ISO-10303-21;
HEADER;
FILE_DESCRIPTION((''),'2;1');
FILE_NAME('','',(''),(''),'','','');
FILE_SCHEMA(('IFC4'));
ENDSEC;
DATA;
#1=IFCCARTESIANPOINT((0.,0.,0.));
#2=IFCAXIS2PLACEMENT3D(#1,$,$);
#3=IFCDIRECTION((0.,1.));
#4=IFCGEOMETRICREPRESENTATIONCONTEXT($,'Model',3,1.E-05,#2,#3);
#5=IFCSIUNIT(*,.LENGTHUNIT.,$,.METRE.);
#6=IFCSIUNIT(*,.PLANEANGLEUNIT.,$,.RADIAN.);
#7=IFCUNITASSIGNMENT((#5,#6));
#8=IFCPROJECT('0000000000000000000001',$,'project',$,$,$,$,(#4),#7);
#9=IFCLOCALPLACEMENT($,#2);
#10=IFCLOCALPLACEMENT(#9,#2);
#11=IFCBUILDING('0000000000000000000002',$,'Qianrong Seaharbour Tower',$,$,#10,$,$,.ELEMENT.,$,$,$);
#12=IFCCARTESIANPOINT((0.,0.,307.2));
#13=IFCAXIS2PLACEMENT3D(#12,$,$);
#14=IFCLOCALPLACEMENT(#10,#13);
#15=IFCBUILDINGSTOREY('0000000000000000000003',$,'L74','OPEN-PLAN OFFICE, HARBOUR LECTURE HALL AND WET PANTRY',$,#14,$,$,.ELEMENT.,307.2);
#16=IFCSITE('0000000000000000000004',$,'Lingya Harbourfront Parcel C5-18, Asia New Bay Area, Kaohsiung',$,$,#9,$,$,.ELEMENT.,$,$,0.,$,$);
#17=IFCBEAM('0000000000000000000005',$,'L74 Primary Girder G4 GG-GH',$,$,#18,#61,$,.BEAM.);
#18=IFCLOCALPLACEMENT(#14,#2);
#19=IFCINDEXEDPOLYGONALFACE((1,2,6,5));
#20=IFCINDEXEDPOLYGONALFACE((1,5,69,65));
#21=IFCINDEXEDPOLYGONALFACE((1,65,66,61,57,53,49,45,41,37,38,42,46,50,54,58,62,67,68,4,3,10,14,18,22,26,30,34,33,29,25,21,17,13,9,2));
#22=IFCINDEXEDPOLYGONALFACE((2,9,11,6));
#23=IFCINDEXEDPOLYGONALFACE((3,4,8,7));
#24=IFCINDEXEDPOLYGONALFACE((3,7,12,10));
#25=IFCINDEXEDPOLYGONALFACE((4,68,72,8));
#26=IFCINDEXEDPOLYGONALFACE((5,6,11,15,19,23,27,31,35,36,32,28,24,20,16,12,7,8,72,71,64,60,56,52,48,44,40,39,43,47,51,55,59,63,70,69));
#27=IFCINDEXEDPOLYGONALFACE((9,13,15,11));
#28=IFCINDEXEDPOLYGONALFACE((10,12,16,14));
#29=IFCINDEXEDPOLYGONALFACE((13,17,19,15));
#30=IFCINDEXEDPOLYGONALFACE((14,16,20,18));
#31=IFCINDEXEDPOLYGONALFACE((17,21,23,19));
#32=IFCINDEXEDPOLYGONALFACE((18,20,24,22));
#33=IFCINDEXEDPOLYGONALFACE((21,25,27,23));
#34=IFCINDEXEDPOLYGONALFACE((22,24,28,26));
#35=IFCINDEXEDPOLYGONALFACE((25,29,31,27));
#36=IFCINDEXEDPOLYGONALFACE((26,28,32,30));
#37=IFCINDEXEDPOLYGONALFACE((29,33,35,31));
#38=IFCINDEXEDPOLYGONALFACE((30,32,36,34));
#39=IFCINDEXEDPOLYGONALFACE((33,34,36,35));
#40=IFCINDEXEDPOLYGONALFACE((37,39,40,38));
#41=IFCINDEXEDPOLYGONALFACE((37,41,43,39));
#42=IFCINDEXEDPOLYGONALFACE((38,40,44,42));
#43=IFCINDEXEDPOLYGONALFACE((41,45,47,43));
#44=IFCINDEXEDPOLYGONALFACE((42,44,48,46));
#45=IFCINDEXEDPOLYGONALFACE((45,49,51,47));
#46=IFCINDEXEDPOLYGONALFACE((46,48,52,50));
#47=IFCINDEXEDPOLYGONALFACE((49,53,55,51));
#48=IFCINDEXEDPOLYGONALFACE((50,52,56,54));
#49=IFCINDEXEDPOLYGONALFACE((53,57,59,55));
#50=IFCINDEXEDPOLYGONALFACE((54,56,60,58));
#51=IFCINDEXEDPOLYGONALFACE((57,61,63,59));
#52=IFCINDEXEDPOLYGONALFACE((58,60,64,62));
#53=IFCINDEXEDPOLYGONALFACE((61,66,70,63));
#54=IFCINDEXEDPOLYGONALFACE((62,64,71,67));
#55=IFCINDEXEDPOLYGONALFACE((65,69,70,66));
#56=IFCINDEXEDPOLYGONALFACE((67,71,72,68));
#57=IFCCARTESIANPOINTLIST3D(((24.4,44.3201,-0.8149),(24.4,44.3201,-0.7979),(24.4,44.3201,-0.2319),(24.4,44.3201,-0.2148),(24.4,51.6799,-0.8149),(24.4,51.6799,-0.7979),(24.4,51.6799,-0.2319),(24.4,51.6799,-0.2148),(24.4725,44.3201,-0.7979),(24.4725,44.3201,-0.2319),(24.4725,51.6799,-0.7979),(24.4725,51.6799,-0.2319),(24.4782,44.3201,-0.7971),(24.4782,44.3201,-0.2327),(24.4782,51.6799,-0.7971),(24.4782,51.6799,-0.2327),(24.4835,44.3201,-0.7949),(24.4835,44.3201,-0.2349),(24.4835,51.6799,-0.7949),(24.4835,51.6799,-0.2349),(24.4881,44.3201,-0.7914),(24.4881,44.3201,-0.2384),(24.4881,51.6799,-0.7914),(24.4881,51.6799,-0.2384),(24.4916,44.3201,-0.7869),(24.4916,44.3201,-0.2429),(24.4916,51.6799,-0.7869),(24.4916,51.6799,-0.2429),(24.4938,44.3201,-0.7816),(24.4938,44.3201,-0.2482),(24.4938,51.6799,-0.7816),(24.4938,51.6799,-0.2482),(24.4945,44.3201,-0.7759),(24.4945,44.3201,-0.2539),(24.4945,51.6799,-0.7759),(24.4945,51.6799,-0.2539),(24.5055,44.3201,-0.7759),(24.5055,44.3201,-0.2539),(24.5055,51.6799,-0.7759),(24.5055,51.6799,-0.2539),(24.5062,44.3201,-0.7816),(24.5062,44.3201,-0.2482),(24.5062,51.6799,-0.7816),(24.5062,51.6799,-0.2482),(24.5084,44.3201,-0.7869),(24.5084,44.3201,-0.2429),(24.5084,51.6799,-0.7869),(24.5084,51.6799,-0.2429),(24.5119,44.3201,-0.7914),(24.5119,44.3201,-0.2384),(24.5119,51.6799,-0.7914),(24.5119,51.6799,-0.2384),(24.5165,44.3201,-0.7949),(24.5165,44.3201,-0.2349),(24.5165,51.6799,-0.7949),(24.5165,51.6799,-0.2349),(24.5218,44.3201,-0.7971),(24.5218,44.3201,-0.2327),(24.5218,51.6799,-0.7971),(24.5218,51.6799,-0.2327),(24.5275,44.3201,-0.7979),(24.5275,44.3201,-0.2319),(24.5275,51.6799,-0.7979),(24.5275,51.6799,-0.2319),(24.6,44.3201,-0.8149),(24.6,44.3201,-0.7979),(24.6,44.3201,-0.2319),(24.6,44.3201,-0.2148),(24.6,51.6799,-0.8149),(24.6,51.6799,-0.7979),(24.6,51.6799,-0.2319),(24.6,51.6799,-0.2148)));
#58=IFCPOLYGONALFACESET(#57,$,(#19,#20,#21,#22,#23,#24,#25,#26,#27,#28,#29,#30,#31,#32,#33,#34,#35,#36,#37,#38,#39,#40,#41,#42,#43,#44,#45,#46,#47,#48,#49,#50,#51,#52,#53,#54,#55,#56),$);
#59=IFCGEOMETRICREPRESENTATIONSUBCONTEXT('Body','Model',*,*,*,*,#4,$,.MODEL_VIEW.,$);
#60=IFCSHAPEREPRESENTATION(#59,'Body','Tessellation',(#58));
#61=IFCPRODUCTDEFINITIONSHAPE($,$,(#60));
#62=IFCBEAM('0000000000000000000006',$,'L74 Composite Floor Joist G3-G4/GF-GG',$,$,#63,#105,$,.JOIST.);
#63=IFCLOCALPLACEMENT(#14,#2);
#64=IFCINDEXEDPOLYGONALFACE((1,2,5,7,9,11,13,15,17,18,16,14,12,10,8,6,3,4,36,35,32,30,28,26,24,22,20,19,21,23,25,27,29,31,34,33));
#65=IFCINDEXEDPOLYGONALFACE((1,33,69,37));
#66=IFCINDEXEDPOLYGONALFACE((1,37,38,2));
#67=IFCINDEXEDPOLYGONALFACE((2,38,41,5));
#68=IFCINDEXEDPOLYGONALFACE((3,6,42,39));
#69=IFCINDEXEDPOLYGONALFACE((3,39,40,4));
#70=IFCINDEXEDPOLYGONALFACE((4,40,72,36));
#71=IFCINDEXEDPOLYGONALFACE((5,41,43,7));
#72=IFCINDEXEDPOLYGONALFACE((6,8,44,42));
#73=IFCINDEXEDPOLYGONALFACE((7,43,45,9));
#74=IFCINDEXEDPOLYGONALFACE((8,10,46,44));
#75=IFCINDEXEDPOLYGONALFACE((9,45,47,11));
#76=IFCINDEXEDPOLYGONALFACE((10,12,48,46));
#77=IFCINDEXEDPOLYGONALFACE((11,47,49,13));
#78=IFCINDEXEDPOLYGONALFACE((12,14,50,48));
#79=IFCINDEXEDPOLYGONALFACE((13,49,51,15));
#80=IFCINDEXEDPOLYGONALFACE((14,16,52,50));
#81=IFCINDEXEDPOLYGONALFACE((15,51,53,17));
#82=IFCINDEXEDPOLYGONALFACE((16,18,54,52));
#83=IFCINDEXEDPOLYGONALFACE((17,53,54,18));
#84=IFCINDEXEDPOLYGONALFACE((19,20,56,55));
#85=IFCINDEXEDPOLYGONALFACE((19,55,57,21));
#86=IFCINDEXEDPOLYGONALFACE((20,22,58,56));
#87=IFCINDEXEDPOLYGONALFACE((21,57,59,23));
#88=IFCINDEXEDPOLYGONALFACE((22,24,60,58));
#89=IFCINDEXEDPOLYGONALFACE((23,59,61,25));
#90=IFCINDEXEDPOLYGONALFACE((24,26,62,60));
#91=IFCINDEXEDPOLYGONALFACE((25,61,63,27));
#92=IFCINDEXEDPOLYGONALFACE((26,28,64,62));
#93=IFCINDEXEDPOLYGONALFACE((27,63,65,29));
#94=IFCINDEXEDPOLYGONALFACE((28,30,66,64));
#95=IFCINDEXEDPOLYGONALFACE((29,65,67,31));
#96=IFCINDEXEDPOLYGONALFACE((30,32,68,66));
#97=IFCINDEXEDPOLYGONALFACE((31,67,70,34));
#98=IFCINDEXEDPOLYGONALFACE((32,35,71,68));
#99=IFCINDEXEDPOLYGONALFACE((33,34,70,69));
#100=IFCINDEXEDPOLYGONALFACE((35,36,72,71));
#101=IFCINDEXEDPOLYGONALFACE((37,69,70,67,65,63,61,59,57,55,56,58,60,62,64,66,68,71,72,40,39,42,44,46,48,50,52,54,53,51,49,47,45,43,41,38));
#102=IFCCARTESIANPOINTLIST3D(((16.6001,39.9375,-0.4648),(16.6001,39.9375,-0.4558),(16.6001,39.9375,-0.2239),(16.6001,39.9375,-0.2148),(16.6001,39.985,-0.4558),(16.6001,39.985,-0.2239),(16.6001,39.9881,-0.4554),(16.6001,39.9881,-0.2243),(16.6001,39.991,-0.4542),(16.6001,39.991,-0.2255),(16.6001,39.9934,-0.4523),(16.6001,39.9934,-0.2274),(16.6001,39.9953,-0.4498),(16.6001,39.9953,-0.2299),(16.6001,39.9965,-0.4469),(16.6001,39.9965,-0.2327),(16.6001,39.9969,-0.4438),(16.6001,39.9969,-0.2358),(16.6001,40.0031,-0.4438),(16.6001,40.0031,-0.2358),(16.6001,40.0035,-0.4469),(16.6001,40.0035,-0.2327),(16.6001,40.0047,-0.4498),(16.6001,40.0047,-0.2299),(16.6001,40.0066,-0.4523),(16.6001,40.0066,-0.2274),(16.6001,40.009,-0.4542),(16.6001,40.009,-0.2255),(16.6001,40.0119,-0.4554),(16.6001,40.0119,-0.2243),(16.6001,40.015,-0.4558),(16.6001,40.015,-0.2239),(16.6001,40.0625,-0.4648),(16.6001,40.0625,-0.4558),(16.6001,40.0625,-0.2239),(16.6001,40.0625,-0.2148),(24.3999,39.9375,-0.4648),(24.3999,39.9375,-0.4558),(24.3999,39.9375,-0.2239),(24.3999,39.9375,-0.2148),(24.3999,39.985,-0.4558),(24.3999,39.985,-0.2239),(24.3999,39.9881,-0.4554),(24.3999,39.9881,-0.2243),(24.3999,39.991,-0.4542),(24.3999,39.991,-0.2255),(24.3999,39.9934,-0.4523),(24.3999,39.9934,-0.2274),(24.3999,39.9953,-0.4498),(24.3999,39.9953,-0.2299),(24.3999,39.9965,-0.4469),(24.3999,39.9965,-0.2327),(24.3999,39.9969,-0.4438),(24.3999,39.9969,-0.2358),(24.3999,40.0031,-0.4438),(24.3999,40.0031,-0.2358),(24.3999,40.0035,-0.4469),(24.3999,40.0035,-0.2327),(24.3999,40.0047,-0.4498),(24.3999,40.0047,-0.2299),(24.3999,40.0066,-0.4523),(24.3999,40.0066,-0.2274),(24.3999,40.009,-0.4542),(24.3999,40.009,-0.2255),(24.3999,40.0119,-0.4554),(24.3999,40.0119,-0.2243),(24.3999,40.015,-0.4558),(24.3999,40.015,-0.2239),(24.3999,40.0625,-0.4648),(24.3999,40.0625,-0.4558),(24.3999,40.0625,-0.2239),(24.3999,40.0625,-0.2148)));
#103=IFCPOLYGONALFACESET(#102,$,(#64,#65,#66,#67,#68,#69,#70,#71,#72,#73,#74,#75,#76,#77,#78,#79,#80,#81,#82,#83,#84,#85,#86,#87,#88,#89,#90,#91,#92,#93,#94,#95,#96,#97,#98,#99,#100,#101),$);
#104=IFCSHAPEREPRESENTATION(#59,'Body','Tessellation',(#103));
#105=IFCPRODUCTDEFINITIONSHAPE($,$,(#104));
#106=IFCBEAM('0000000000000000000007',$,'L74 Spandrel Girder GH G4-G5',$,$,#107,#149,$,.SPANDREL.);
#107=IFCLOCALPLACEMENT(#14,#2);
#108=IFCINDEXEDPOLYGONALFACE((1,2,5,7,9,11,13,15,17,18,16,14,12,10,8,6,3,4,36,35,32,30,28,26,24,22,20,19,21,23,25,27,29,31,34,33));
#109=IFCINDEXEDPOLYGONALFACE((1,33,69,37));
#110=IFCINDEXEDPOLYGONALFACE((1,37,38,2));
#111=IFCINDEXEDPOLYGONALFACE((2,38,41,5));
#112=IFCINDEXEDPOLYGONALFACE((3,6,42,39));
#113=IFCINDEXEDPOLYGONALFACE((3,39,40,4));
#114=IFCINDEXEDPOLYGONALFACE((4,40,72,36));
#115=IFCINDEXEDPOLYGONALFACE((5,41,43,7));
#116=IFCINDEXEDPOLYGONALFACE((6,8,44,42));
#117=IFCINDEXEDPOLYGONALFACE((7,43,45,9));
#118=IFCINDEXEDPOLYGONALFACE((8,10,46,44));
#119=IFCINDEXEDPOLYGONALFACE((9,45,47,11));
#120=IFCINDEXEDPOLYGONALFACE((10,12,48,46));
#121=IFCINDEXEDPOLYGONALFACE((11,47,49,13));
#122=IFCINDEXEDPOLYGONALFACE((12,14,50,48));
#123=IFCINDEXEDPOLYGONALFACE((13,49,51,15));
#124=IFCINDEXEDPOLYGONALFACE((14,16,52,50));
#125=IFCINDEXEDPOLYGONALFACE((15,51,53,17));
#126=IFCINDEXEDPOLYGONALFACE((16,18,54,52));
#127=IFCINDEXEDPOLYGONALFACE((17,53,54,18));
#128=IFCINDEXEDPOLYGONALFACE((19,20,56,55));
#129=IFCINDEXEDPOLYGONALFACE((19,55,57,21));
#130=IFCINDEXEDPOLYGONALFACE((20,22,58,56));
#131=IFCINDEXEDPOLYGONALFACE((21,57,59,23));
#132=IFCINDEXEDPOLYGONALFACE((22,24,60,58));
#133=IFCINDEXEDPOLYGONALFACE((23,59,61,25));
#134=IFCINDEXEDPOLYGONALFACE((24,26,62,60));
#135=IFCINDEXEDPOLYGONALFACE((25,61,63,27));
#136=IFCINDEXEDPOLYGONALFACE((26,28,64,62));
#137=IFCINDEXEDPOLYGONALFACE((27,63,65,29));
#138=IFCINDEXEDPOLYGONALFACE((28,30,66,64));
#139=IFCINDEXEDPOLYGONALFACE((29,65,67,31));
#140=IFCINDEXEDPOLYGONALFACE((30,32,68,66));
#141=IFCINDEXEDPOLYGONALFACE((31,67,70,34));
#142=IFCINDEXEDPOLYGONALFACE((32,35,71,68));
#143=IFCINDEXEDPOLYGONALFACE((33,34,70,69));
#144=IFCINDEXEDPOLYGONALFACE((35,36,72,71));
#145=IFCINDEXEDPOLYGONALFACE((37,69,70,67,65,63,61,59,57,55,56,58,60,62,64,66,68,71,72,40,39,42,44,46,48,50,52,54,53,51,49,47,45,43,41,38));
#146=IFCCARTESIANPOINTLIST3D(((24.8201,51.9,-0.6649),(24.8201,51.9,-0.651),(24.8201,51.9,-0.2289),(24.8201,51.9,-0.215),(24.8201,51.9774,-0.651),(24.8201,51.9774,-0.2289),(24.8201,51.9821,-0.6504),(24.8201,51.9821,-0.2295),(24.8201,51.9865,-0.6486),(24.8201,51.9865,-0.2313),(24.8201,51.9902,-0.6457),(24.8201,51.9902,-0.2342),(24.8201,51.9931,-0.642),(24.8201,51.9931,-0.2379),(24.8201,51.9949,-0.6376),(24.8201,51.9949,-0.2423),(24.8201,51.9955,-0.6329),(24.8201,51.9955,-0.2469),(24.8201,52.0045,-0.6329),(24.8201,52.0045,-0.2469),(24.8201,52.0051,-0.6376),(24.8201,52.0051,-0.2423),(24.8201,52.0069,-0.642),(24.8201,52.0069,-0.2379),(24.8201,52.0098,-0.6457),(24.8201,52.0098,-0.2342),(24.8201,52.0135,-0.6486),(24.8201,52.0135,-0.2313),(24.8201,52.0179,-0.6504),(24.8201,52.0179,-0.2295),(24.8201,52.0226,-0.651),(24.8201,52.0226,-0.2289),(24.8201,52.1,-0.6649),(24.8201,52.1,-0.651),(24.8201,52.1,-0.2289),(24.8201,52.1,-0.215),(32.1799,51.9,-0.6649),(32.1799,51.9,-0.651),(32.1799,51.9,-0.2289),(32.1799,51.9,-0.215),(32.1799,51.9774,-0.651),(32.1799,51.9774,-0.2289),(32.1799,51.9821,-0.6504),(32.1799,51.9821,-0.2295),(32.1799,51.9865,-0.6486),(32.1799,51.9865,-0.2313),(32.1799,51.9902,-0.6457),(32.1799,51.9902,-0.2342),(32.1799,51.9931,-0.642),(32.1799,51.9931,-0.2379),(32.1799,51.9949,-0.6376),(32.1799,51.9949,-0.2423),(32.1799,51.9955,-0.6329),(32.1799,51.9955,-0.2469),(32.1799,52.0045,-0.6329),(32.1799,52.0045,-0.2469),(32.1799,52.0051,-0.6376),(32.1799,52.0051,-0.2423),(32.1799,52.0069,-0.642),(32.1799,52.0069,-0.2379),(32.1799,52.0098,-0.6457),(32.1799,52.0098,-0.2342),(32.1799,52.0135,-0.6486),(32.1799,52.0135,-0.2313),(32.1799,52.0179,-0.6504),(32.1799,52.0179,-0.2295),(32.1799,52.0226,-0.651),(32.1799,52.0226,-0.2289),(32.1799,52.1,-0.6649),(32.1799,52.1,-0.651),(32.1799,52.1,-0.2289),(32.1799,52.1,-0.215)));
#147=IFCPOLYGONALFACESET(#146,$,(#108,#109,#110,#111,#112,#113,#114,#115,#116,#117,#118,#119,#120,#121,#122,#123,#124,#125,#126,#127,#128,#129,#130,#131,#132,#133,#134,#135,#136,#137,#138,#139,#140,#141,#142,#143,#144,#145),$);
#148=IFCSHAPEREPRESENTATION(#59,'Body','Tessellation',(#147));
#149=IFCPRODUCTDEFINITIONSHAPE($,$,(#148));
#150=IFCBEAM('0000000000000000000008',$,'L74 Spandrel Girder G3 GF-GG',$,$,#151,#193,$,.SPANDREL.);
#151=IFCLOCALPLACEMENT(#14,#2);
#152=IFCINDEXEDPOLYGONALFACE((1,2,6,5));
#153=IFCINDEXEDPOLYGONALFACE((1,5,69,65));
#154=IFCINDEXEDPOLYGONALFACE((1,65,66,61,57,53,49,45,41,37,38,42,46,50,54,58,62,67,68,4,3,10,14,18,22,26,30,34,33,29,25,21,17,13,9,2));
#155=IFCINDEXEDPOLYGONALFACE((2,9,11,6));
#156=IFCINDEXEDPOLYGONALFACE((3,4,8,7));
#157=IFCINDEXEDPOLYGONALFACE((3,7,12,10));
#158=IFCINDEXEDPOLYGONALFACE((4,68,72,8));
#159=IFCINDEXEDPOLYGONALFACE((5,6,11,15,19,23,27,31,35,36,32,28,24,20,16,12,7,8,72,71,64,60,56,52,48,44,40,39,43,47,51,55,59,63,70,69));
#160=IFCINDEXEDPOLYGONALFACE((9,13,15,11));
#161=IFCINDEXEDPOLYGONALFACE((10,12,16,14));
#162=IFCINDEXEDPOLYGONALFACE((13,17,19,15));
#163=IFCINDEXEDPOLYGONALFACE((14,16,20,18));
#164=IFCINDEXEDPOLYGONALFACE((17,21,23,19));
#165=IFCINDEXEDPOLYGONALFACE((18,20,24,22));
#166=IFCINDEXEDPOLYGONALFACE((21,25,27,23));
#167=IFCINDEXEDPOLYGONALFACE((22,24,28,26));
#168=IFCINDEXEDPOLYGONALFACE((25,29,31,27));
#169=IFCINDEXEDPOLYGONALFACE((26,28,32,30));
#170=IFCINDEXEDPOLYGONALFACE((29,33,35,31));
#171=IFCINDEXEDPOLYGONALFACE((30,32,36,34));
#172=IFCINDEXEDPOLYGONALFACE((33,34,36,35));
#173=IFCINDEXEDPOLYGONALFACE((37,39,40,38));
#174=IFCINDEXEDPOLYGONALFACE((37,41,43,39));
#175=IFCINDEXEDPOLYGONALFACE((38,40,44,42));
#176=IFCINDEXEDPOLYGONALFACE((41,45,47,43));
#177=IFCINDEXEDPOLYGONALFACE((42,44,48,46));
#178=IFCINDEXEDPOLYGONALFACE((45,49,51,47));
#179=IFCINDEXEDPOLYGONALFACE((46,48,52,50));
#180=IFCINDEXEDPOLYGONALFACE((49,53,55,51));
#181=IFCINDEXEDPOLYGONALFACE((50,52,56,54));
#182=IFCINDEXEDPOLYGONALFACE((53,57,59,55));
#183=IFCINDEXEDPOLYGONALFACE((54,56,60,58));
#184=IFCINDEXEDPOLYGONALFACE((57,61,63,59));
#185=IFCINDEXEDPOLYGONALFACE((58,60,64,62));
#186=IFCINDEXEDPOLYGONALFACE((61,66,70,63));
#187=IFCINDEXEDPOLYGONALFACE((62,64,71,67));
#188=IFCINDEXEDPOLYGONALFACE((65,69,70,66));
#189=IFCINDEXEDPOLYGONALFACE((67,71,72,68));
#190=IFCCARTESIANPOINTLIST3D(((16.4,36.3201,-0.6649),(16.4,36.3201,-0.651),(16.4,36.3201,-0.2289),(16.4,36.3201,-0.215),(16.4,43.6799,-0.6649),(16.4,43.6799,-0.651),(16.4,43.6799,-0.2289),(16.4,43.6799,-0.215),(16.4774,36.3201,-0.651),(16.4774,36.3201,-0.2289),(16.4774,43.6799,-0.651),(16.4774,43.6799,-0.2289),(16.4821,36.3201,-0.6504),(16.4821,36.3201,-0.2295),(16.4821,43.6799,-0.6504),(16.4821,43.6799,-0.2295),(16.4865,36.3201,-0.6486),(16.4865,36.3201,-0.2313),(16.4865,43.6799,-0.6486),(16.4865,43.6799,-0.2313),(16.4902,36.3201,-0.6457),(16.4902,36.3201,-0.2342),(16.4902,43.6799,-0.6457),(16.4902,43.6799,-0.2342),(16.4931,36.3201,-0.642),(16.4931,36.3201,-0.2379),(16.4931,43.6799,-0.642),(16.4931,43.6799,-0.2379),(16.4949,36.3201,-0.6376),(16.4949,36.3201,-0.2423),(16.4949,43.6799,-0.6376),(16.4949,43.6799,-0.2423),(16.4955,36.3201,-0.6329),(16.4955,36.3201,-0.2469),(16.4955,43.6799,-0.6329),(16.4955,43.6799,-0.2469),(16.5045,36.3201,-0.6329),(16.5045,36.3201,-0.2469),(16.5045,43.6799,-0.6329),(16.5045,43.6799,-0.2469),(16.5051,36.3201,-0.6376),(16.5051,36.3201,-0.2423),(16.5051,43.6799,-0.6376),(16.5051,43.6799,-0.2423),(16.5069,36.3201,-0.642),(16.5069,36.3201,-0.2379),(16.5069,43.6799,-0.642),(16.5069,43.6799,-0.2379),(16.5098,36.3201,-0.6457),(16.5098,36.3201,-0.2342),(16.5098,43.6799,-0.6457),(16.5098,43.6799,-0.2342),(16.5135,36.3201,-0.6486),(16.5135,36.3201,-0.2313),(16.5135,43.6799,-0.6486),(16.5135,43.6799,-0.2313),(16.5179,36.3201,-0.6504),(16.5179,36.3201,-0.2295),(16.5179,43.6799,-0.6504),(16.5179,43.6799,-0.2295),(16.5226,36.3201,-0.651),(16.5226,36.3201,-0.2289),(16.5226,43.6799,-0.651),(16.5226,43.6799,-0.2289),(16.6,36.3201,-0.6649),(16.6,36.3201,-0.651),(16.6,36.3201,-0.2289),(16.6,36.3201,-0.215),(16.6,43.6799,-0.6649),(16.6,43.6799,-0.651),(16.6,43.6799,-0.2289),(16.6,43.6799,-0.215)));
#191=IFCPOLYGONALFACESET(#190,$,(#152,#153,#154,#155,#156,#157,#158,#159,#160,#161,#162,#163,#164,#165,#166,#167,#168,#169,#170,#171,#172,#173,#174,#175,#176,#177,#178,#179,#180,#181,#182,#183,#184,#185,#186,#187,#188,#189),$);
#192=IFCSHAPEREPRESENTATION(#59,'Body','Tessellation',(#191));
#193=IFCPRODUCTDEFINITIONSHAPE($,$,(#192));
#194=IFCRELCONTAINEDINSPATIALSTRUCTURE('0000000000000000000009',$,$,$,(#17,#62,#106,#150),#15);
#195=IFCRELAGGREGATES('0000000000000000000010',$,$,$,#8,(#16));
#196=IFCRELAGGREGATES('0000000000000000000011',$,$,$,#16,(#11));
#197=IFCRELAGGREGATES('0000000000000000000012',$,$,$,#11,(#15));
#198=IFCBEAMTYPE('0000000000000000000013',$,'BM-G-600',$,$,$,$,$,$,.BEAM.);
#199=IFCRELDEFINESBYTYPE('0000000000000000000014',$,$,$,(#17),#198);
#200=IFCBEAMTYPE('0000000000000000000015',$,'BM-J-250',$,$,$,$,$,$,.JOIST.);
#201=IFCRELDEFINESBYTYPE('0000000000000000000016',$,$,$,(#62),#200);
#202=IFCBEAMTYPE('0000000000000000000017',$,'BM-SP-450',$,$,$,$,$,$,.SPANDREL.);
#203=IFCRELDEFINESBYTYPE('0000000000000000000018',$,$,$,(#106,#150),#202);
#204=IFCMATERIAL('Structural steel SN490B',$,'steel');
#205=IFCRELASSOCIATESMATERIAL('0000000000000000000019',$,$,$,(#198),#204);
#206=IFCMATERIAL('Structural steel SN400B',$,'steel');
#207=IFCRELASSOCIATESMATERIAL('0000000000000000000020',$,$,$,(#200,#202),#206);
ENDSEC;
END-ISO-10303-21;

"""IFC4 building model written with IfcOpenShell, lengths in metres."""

from ifc_helpers import new_model, si_unit, direction, frame, origin, origin_2d, place, context, subcontext, project, spatial, i_section, extrude, material, material_profile, profile_set, type_object, element, save


model = new_model("IFC4")

# Units and contexts
model_context = context("Model", 3, precision=1e-05, world=origin(), true_north=direction((0.0, 1.0)))
body_context = subcontext(model_context, "Body", "Model", "MODEL_VIEW")
ifc_project = project(units=[si_unit("LENGTHUNIT", "METRE"), si_unit("PLANEANGLEUNIT", "RADIAN")], contexts=[model_context])

# Site, building, storey
site_placement = place(None, origin())
site = spatial("IfcSite", under=ifc_project, at=site_placement, Name="Lingya Harbourfront Parcel C5-18, Asia New Bay Area, Kaohsiung", CompositionType="ELEMENT", RefElevation=0.0)
building_placement = place(site_placement, origin())
building = spatial("IfcBuilding", under=site, at=building_placement, Name="Qianrong Seaharbour Tower", CompositionType="ELEMENT")
storey_placement = place(building_placement, frame((0.0, 0.0, 307.2)))
storey = spatial("IfcBuildingStorey", under=building, at=storey_placement, Name="L74", Description="OPEN-PLAN OFFICE, HARBOUR LECTURE HALL AND WET PANTRY", CompositionType="ELEMENT", Elevation=307.2)

# Shared definitions
ifc_material_1 = material(Name="Structural steel SN490B", Category="steel")
ifc_material_2 = material(Name="Structural steel SN400B", Category="steel")

# Beams
ifc_material_profile_1 = material_profile(ifc_material_1, i_section(OverallWidth=0.2, OverallDepth=0.6001, WebThickness=0.011, FlangeThickness=0.0171, FilletRadius=0.022, at=origin_2d()), Name="H600x200x11x17")
ifc_profile_set_1 = profile_set([ifc_material_profile_1], Name="Structural steel SN490B")
beam_type_1 = type_object("IfcBeamType", Name="BM-G-600", PredefinedType="BEAM", material=ifc_profile_set_1)
for number, where, z_axis, x_axis, name in (
    (1, (24.5, 44.3201, -0.5149), (0.0, 1.0, 0.0), (-1.0, 0.0, 0.0), "L74 Primary Girder G4 GG-GH"),
):
    element("IfcBeam", number, at=place(storey_placement, frame(where, z_axis=z_axis, x_axis=x_axis)), inside=storey, type_object=beam_type_1, Name=name, PredefinedType="BEAM", context=body_context, shape_type="SweptSolid", body=[
        extrude(i_section(OverallWidth=0.2, OverallDepth=0.6001, WebThickness=0.011, FlangeThickness=0.0171, FilletRadius=0.022, at=origin_2d()), origin(), (0.0, 0.0, 1.0), 7.3599),
    ])
ifc_material_profile_2 = material_profile(ifc_material_2, i_section(OverallWidth=0.125, OverallDepth=0.25, WebThickness=0.0061, FlangeThickness=0.009, FilletRadius=0.012, at=origin_2d()), Name="H250x125x6x9")
ifc_profile_set_2 = profile_set([ifc_material_profile_2], Name="Structural steel SN400B")
beam_type_2 = type_object("IfcBeamType", Name="BM-J-250", PredefinedType="JOIST", material=ifc_profile_set_2)
beam_1_placement = place(storey_placement, frame((16.6001, 40.0, -0.3398), z_axis=(1.0, 0.0, 0.0), x_axis=(0.0, 1.0, 0.0)))
element("IfcBeam", 2, at=beam_1_placement, inside=storey, type_object=beam_type_2, Name="L74 Composite Floor Joist G3-G4/GF-GG", PredefinedType="JOIST", context=body_context, shape_type="SweptSolid", body=[
    extrude(i_section(OverallWidth=0.125, OverallDepth=0.25, WebThickness=0.0061, FlangeThickness=0.009, FilletRadius=0.012, at=origin_2d()), origin(), (0.0, 0.0, 1.0), 7.7998),
])
ifc_material_profile_3 = material_profile(ifc_material_2, i_section(OverallWidth=0.2, OverallDepth=0.45, WebThickness=0.009, FlangeThickness=0.0139, FilletRadius=0.0181, at=origin_2d()), Name="H450x200x9x14")
ifc_profile_set_3 = profile_set([ifc_material_profile_3], Name="Structural steel SN400B")
beam_type_3 = type_object("IfcBeamType", Name="BM-SP-450", PredefinedType="SPANDREL", material=ifc_profile_set_3)
for number, where, z_axis, x_axis, name in (
    (3, (24.8201, 52.0, -0.4399), (1.0, 0.0, 0.0), (0.0, 1.0, 0.0), "L74 Spandrel Girder GH G4-G5"),
    (4, (16.5, 36.3201, -0.4399), (0.0, 1.0, 0.0), (-1.0, 0.0, 0.0), "L74 Spandrel Girder G3 GF-GG"),
):
    element("IfcBeam", number, at=place(storey_placement, frame(where, z_axis=z_axis, x_axis=x_axis)), inside=storey, type_object=beam_type_3, Name=name, PredefinedType="SPANDREL", context=body_context, shape_type="SweptSolid", body=[
        extrude(i_section(OverallWidth=0.2, OverallDepth=0.45, WebThickness=0.009, FlangeThickness=0.0139, FilletRadius=0.0181, at=origin_2d()), origin(), (0.0, 0.0, 1.0), 7.3599),
    ])

save(model, "model.ifc")
